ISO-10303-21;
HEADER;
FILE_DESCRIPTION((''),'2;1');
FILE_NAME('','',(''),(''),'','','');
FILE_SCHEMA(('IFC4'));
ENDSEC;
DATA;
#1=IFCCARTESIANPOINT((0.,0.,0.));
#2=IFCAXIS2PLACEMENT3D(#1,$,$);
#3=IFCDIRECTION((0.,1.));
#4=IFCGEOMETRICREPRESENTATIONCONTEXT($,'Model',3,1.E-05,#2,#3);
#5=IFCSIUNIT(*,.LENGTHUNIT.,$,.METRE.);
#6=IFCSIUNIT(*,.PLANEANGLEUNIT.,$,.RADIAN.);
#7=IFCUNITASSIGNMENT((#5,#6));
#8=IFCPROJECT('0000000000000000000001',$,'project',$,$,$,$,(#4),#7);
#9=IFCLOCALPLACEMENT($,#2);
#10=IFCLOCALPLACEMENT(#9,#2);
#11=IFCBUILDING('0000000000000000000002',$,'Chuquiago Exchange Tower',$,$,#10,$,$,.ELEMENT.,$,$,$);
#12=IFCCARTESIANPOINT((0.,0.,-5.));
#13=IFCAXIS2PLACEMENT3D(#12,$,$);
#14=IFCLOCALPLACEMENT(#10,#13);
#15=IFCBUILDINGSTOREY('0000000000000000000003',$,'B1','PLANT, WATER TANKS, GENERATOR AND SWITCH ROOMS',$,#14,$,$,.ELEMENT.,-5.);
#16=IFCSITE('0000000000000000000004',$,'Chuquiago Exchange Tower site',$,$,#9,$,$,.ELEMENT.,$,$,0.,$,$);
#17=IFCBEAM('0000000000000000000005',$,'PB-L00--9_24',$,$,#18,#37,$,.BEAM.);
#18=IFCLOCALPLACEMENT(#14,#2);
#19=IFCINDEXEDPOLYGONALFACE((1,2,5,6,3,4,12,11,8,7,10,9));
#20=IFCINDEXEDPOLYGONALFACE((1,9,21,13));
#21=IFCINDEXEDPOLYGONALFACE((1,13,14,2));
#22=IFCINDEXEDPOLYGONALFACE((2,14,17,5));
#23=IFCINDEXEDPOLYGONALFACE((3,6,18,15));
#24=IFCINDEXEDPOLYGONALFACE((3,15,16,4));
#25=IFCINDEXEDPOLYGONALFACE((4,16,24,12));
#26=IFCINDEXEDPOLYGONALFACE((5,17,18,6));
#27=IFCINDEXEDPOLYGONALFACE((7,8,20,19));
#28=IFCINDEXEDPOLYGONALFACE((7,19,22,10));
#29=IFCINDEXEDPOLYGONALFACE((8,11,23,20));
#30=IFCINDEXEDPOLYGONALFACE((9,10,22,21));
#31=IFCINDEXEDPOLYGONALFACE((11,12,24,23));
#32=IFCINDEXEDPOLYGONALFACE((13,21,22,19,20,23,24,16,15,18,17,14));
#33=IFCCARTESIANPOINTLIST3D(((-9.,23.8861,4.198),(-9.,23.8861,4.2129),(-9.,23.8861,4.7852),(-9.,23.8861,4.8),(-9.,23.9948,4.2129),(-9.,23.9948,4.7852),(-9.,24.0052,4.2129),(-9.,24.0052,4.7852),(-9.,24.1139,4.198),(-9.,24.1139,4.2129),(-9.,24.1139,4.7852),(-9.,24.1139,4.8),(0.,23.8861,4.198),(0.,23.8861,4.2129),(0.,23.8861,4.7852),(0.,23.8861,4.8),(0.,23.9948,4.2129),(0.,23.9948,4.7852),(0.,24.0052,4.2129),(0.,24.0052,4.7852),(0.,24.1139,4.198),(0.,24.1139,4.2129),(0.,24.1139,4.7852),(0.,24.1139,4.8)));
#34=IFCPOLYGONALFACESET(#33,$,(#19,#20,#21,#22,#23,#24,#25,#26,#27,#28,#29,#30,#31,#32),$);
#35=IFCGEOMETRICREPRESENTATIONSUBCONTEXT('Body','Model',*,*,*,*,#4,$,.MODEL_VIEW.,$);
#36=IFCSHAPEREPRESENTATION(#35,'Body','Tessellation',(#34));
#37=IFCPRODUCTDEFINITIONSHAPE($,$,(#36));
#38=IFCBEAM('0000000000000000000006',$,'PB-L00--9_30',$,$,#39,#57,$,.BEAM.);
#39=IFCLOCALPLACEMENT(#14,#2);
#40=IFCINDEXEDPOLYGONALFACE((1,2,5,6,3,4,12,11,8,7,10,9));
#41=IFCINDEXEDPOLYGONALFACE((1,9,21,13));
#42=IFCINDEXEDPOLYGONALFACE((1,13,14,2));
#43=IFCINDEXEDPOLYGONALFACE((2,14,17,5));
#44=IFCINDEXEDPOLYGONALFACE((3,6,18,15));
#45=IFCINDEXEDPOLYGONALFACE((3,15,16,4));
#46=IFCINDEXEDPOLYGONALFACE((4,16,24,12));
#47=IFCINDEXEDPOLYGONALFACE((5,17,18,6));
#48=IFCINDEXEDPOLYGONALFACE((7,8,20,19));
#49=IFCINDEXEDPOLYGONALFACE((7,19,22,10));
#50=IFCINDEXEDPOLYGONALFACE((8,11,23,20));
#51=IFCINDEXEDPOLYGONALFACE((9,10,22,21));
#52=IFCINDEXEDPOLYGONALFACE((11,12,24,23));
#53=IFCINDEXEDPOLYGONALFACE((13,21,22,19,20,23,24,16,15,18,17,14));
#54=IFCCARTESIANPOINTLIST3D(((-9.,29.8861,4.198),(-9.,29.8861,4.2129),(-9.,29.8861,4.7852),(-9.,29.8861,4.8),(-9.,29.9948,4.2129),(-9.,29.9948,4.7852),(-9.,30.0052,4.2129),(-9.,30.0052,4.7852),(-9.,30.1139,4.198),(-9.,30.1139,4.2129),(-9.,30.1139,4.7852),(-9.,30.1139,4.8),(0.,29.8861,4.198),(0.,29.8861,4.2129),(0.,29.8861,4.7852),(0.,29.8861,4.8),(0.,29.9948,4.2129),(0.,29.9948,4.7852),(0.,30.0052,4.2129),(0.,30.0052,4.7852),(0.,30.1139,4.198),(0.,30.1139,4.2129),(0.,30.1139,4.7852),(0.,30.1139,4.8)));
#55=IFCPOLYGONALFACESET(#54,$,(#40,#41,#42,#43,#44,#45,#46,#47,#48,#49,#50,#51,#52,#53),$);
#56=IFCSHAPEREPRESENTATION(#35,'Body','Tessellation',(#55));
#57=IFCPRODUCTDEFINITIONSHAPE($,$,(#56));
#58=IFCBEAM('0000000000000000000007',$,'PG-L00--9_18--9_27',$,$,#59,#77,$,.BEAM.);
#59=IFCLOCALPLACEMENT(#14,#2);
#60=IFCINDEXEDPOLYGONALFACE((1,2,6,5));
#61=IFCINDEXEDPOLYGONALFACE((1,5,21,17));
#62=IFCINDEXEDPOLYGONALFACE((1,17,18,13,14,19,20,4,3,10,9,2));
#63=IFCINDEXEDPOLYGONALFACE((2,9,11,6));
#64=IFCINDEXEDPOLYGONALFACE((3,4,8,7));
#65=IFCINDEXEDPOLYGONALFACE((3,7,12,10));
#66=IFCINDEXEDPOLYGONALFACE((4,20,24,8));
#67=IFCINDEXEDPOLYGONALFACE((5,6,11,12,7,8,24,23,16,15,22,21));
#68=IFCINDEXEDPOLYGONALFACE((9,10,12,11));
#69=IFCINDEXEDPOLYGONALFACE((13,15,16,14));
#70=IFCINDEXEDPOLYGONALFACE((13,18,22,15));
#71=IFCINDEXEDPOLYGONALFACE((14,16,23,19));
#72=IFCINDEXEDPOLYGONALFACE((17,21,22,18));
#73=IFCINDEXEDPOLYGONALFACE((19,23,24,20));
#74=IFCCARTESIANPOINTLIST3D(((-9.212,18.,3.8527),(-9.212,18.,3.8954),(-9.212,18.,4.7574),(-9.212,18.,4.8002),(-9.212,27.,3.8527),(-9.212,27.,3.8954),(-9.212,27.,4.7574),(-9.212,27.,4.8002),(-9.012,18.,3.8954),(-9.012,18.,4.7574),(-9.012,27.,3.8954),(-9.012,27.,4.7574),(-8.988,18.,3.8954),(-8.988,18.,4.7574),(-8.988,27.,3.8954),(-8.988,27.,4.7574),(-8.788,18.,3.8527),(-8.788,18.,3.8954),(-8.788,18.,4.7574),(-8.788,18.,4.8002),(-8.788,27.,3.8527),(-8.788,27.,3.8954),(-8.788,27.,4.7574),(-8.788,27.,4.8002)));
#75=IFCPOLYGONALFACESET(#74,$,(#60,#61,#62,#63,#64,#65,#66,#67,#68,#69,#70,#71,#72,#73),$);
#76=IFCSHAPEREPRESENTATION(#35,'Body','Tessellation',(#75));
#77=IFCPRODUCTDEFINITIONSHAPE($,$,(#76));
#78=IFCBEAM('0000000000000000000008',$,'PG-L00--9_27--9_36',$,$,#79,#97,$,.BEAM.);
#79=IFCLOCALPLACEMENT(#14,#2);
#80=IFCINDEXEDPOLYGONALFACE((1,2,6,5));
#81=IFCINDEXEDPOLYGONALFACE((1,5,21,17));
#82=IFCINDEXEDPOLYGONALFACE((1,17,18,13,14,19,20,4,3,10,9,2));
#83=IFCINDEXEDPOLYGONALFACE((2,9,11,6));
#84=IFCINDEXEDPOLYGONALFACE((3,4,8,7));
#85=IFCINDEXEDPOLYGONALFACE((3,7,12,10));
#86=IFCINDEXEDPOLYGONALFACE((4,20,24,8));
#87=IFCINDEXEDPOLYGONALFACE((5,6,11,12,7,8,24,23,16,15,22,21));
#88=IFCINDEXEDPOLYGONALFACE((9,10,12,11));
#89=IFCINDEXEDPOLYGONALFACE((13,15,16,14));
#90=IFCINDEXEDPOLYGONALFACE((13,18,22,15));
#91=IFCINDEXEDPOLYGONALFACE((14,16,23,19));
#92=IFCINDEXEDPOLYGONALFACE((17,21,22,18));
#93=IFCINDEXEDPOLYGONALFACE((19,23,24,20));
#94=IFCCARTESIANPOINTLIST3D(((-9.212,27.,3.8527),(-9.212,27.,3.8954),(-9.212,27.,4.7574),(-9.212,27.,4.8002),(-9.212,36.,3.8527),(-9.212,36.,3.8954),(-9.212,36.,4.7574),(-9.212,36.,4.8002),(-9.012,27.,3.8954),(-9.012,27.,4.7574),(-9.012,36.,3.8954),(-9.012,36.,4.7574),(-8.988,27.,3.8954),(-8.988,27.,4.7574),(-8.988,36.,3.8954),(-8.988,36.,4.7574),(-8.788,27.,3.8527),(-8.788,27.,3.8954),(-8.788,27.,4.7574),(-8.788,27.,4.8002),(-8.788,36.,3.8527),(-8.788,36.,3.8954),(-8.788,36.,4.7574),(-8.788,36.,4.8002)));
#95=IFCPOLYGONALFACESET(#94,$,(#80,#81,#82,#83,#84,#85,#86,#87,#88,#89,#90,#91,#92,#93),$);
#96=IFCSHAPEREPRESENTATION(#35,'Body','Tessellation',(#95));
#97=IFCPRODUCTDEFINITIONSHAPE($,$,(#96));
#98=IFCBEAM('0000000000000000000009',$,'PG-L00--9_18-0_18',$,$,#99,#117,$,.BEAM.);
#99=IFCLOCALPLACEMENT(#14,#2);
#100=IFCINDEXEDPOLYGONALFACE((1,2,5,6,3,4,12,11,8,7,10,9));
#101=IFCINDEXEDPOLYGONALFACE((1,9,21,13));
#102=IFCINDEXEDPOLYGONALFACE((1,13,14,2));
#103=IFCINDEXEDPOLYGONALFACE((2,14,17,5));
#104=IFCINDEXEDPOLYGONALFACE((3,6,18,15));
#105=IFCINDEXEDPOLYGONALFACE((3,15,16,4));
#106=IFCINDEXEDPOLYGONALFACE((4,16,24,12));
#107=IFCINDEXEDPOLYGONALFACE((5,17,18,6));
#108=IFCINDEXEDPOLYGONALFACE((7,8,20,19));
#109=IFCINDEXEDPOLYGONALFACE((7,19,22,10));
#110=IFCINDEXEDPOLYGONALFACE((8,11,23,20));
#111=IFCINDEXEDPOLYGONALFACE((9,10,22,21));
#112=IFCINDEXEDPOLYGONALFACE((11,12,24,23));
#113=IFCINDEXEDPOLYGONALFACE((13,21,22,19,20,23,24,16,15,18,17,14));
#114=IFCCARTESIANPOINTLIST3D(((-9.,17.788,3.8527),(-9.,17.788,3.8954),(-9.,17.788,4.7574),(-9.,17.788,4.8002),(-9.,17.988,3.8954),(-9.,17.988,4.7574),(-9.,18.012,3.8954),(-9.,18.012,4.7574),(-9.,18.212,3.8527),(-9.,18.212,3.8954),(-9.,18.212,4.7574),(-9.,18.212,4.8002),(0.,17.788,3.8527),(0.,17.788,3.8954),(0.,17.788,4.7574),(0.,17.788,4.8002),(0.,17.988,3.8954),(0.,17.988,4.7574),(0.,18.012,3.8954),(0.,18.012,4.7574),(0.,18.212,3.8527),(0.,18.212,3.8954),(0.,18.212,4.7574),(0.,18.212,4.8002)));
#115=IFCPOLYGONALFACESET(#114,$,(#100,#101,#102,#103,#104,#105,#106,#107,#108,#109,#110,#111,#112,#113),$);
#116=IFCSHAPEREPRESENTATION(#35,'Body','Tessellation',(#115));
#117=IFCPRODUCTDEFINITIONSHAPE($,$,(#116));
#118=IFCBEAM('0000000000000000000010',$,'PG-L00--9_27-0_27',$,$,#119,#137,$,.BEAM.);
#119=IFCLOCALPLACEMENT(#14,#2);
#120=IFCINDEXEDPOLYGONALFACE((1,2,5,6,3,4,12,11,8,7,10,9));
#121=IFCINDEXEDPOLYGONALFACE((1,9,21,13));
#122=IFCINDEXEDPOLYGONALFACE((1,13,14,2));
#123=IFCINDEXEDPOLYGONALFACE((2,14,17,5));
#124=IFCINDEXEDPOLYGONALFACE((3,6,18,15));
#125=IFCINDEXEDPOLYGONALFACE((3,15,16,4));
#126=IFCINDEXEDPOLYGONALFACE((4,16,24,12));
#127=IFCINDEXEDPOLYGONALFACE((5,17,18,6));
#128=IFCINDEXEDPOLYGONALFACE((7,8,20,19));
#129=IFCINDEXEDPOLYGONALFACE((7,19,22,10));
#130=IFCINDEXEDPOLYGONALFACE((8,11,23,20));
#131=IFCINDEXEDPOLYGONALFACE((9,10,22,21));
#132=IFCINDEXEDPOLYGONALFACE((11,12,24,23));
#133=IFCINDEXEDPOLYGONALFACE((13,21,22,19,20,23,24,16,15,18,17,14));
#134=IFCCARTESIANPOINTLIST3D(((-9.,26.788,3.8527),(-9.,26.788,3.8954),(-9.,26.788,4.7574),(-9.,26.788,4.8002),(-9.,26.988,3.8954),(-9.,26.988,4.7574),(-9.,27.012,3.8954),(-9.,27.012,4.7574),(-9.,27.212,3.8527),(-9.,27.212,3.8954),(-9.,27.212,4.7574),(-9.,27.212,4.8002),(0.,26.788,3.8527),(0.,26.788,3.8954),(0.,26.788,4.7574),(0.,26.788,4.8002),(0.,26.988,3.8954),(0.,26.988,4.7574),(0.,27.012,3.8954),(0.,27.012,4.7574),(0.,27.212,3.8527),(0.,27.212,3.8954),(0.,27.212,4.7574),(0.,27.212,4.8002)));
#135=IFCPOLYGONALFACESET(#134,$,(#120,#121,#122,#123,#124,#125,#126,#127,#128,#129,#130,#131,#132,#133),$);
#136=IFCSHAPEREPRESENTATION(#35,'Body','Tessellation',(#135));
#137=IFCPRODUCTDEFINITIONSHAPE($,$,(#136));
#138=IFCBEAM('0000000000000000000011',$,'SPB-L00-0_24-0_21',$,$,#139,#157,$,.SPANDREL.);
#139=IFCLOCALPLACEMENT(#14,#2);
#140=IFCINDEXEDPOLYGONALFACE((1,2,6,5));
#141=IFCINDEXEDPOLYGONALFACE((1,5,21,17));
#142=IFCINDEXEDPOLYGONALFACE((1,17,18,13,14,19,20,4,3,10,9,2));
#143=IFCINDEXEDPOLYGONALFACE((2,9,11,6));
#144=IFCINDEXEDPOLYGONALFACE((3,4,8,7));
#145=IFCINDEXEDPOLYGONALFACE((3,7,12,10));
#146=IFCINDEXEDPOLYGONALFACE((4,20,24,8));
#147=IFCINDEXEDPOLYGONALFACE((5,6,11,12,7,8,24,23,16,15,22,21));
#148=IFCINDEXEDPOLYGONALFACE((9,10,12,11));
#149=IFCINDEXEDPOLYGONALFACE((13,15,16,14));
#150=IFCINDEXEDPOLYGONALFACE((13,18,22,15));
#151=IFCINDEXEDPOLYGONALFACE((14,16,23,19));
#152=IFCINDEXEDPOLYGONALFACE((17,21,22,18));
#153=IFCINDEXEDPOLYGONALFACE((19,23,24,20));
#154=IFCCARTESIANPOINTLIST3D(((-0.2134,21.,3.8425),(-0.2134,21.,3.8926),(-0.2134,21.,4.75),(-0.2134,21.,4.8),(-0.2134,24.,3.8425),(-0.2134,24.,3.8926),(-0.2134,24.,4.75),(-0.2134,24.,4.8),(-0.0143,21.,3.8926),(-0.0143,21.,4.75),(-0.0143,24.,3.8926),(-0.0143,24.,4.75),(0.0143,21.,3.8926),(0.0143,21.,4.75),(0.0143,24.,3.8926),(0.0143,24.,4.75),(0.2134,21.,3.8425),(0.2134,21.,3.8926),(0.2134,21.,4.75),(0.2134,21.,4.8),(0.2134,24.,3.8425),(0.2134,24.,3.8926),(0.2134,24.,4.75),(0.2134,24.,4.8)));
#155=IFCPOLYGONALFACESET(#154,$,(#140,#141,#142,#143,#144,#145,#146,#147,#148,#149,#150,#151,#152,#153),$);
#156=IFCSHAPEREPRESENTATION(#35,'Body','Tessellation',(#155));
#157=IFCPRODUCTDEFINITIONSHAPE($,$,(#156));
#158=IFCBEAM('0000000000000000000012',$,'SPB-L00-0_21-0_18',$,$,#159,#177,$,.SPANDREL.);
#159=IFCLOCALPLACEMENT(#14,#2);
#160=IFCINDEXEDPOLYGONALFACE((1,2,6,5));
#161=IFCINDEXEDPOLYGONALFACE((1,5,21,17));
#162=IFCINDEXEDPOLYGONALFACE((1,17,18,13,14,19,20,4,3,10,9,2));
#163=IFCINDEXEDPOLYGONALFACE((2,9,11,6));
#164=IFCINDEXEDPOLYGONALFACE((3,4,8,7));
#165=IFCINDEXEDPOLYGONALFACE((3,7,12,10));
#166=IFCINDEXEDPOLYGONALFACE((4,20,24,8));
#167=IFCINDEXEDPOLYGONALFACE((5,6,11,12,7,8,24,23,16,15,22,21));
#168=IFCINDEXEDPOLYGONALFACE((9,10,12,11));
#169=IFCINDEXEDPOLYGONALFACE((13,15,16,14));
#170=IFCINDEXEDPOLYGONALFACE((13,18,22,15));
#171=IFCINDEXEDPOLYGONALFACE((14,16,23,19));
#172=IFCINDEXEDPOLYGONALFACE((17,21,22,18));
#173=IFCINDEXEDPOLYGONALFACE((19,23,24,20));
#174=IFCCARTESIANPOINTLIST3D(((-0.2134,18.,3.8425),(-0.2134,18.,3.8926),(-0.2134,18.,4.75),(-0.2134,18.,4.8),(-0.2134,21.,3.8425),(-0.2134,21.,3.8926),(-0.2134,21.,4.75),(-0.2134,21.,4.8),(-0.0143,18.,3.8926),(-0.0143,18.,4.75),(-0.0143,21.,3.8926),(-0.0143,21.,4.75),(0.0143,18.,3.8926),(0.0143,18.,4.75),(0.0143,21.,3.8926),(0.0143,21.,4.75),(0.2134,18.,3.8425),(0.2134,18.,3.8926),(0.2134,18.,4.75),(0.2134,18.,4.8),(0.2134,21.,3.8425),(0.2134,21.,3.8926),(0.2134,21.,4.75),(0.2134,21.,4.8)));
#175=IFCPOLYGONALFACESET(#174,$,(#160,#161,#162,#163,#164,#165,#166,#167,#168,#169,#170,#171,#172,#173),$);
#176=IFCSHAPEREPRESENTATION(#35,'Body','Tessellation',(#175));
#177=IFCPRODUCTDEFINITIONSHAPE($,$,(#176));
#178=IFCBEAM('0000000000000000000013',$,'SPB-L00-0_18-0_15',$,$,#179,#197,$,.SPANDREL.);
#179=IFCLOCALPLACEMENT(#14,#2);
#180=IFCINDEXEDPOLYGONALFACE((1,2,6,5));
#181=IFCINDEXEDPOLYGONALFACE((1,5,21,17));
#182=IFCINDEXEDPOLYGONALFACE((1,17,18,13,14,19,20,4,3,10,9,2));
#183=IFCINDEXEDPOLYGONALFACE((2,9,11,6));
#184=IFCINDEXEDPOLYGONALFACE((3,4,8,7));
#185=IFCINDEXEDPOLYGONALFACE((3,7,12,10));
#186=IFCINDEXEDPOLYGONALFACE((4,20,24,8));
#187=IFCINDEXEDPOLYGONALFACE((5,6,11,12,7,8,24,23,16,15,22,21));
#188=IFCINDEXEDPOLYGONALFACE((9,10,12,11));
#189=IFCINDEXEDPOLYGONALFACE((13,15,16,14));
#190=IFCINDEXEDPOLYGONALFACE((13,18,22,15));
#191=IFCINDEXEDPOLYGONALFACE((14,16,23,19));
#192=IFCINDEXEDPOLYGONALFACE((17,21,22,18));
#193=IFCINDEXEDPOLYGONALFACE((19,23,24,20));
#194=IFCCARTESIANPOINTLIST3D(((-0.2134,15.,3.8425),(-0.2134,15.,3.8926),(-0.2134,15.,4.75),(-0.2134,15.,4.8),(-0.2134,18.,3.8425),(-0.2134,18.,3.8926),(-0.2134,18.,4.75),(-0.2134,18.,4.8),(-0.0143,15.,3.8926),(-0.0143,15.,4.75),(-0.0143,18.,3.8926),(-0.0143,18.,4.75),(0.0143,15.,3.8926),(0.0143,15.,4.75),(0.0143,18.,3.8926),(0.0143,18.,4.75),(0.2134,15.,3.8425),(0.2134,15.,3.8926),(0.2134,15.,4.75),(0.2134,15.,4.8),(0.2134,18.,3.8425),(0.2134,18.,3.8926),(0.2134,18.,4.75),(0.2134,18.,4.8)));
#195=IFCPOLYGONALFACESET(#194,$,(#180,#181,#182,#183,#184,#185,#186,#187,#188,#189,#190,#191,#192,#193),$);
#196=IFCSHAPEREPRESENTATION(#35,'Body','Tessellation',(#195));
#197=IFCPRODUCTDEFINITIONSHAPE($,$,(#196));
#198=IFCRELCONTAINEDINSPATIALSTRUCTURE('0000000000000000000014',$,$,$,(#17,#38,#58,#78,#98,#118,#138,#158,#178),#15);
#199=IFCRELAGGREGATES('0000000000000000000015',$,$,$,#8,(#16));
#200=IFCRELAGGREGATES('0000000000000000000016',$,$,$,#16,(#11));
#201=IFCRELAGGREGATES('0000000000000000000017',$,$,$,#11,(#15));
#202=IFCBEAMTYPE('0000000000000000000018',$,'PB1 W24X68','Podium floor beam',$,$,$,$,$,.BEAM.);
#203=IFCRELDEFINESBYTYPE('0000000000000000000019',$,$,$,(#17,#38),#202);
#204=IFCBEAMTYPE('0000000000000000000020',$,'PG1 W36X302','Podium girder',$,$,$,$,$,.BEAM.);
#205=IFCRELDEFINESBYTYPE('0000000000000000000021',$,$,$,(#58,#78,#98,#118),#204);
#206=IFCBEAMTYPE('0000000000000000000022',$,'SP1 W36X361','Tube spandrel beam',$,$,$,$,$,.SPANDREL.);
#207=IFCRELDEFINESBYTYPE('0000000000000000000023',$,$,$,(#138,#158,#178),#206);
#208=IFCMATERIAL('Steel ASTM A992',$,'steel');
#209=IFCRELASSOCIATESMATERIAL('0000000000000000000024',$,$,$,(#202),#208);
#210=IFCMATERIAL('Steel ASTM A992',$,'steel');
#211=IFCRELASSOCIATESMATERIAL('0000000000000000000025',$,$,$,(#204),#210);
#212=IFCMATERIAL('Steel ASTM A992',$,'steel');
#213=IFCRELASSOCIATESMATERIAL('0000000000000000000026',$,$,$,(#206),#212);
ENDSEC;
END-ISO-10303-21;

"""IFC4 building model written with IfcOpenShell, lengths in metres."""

from ifc_helpers import new_model, si_unit, direction, frame, origin, origin_2d, place, context, subcontext, project, spatial, i_section, extrude, material, material_profile, profile_set, type_object, element, save


model = new_model("IFC4")

# Units and contexts
model_context = context("Model", 3, precision=1e-05, world=origin(), true_north=direction((0.0, 1.0)))
body_context = subcontext(model_context, "Body", "Model", "MODEL_VIEW")
ifc_project = project(units=[si_unit("LENGTHUNIT", "METRE"), si_unit("PLANEANGLEUNIT", "RADIAN")], contexts=[model_context])

# Site, building, storey
site_placement = place(None, origin())
site = spatial("IfcSite", under=ifc_project, at=site_placement, Name="Chuquiago Exchange Tower site", CompositionType="ELEMENT", RefElevation=0.0)
building_placement = place(site_placement, origin())
building = spatial("IfcBuilding", under=site, at=building_placement, Name="Chuquiago Exchange Tower", CompositionType="ELEMENT")
storey_placement = place(building_placement, frame((0.0, 0.0, -5.0)))
storey = spatial("IfcBuildingStorey", under=building, at=storey_placement, Name="B1", Description="PLANT, WATER TANKS, GENERATOR AND SWITCH ROOMS", CompositionType="ELEMENT", Elevation=-5.0)

# Beams
ifc_material_1 = material(Name="Steel ASTM A992", Category="steel")
ifc_material_profile_1 = material_profile(ifc_material_1, i_section(OverallWidth=0.2278, OverallDepth=0.6021, WebThickness=0.0105, FlangeThickness=0.0149, at=origin_2d()), Name="W24X68")
ifc_profile_set_1 = profile_set([ifc_material_profile_1], Name="Steel ASTM A992")
beam_type_1 = type_object("IfcBeamType", Name="PB1 W24X68", Description="Podium floor beam", PredefinedType="BEAM", material=ifc_profile_set_1)
for number, where, z_axis, x_axis, name in (
    (1, (-9.0, 24.0, 4.499), (1.0, 0.0, 0.0), (0.0, 1.0, 0.0), "PB-L00--9_24"),
    (2, (-9.0, 30.0, 4.499), (1.0, 0.0, 0.0), (0.0, 1.0, 0.0), "PB-L00--9_30"),
):
    element("IfcBeam", number, at=place(storey_placement, frame(where, z_axis=z_axis, x_axis=x_axis)), inside=storey, type_object=beam_type_1, Name=name, PredefinedType="BEAM", context=body_context, shape_type="SweptSolid", body=[
        extrude(i_section(OverallWidth=0.2278, OverallDepth=0.6021, WebThickness=0.0105, FlangeThickness=0.0149, at=origin_2d()), origin(), (0.0, 0.0, 1.0), 9.0),
    ])
ifc_material_2 = material(Name="Steel ASTM A992", Category="steel")
ifc_material_profile_2 = material_profile(ifc_material_2, i_section(OverallWidth=0.4241, OverallDepth=0.9475, WebThickness=0.0239, FlangeThickness=0.0427, at=origin_2d()), Name="W36X302")
ifc_profile_set_2 = profile_set([ifc_material_profile_2], Name="Steel ASTM A992")
beam_type_2 = type_object("IfcBeamType", Name="PG1 W36X302", Description="Podium girder", PredefinedType="BEAM", material=ifc_profile_set_2)
for number, where, z_axis, x_axis, name in (
    (3, (-9.0, 18.0, 4.3264), (0.0, 1.0, 0.0), (-1.0, 0.0, 0.0), "PG-L00--9_18--9_27"),
    (4, (-9.0, 27.0, 4.3264), (0.0, 1.0, 0.0), (-1.0, 0.0, 0.0), "PG-L00--9_27--9_36"),
    (5, (-9.0, 18.0, 4.3264), (1.0, 0.0, 0.0), (0.0, 1.0, 0.0), "PG-L00--9_18-0_18"),
    (6, (-9.0, 27.0, 4.3264), (1.0, 0.0, 0.0), (0.0, 1.0, 0.0), "PG-L00--9_27-0_27"),
):
    element("IfcBeam", number, at=place(storey_placement, frame(where, z_axis=z_axis, x_axis=x_axis)), inside=storey, type_object=beam_type_2, Name=name, PredefinedType="BEAM", context=body_context, shape_type="SweptSolid", body=[
        extrude(i_section(OverallWidth=0.4241, OverallDepth=0.9475, WebThickness=0.0239, FlangeThickness=0.0427, at=origin_2d()), origin(), (0.0, 0.0, 1.0), 9.0),
    ])
ifc_material_3 = material(Name="Steel ASTM A992", Category="steel")
ifc_material_profile_3 = material_profile(ifc_material_3, i_section(OverallWidth=0.4268, OverallDepth=0.9575, WebThickness=0.0286, FlangeThickness=0.05, at=origin_2d()), Name="W36X361")
ifc_profile_set_3 = profile_set([ifc_material_profile_3], Name="Steel ASTM A992")
beam_type_3 = type_object("IfcBeamType", Name="SP1 W36X361", Description="Tube spandrel beam", PredefinedType="SPANDREL", material=ifc_profile_set_3)
for number, where, z_axis, x_axis, name in (
    (7, (0.0, 24.0, 4.3213), (0.0, -1.0, 0.0), (1.0, 0.0, 0.0), "SPB-L00-0_24-0_21"),
    (8, (0.0, 21.0, 4.3213), (0.0, -1.0, 0.0), (1.0, 0.0, 0.0), "SPB-L00-0_21-0_18"),
    (9, (0.0, 18.0, 4.3213), (0.0, -1.0, 0.0), (1.0, 0.0, 0.0), "SPB-L00-0_18-0_15"),
):
    element("IfcBeam", number, at=place(storey_placement, frame(where, z_axis=z_axis, x_axis=x_axis)), inside=storey, type_object=beam_type_3, Name=name, PredefinedType="SPANDREL", context=body_context, shape_type="SweptSolid", body=[
        extrude(i_section(OverallWidth=0.4268, OverallDepth=0.9575, WebThickness=0.0286, FlangeThickness=0.05, at=origin_2d()), origin(), (0.0, 0.0, 1.0), 3.0),
    ])

save(model, "model.ifc")
